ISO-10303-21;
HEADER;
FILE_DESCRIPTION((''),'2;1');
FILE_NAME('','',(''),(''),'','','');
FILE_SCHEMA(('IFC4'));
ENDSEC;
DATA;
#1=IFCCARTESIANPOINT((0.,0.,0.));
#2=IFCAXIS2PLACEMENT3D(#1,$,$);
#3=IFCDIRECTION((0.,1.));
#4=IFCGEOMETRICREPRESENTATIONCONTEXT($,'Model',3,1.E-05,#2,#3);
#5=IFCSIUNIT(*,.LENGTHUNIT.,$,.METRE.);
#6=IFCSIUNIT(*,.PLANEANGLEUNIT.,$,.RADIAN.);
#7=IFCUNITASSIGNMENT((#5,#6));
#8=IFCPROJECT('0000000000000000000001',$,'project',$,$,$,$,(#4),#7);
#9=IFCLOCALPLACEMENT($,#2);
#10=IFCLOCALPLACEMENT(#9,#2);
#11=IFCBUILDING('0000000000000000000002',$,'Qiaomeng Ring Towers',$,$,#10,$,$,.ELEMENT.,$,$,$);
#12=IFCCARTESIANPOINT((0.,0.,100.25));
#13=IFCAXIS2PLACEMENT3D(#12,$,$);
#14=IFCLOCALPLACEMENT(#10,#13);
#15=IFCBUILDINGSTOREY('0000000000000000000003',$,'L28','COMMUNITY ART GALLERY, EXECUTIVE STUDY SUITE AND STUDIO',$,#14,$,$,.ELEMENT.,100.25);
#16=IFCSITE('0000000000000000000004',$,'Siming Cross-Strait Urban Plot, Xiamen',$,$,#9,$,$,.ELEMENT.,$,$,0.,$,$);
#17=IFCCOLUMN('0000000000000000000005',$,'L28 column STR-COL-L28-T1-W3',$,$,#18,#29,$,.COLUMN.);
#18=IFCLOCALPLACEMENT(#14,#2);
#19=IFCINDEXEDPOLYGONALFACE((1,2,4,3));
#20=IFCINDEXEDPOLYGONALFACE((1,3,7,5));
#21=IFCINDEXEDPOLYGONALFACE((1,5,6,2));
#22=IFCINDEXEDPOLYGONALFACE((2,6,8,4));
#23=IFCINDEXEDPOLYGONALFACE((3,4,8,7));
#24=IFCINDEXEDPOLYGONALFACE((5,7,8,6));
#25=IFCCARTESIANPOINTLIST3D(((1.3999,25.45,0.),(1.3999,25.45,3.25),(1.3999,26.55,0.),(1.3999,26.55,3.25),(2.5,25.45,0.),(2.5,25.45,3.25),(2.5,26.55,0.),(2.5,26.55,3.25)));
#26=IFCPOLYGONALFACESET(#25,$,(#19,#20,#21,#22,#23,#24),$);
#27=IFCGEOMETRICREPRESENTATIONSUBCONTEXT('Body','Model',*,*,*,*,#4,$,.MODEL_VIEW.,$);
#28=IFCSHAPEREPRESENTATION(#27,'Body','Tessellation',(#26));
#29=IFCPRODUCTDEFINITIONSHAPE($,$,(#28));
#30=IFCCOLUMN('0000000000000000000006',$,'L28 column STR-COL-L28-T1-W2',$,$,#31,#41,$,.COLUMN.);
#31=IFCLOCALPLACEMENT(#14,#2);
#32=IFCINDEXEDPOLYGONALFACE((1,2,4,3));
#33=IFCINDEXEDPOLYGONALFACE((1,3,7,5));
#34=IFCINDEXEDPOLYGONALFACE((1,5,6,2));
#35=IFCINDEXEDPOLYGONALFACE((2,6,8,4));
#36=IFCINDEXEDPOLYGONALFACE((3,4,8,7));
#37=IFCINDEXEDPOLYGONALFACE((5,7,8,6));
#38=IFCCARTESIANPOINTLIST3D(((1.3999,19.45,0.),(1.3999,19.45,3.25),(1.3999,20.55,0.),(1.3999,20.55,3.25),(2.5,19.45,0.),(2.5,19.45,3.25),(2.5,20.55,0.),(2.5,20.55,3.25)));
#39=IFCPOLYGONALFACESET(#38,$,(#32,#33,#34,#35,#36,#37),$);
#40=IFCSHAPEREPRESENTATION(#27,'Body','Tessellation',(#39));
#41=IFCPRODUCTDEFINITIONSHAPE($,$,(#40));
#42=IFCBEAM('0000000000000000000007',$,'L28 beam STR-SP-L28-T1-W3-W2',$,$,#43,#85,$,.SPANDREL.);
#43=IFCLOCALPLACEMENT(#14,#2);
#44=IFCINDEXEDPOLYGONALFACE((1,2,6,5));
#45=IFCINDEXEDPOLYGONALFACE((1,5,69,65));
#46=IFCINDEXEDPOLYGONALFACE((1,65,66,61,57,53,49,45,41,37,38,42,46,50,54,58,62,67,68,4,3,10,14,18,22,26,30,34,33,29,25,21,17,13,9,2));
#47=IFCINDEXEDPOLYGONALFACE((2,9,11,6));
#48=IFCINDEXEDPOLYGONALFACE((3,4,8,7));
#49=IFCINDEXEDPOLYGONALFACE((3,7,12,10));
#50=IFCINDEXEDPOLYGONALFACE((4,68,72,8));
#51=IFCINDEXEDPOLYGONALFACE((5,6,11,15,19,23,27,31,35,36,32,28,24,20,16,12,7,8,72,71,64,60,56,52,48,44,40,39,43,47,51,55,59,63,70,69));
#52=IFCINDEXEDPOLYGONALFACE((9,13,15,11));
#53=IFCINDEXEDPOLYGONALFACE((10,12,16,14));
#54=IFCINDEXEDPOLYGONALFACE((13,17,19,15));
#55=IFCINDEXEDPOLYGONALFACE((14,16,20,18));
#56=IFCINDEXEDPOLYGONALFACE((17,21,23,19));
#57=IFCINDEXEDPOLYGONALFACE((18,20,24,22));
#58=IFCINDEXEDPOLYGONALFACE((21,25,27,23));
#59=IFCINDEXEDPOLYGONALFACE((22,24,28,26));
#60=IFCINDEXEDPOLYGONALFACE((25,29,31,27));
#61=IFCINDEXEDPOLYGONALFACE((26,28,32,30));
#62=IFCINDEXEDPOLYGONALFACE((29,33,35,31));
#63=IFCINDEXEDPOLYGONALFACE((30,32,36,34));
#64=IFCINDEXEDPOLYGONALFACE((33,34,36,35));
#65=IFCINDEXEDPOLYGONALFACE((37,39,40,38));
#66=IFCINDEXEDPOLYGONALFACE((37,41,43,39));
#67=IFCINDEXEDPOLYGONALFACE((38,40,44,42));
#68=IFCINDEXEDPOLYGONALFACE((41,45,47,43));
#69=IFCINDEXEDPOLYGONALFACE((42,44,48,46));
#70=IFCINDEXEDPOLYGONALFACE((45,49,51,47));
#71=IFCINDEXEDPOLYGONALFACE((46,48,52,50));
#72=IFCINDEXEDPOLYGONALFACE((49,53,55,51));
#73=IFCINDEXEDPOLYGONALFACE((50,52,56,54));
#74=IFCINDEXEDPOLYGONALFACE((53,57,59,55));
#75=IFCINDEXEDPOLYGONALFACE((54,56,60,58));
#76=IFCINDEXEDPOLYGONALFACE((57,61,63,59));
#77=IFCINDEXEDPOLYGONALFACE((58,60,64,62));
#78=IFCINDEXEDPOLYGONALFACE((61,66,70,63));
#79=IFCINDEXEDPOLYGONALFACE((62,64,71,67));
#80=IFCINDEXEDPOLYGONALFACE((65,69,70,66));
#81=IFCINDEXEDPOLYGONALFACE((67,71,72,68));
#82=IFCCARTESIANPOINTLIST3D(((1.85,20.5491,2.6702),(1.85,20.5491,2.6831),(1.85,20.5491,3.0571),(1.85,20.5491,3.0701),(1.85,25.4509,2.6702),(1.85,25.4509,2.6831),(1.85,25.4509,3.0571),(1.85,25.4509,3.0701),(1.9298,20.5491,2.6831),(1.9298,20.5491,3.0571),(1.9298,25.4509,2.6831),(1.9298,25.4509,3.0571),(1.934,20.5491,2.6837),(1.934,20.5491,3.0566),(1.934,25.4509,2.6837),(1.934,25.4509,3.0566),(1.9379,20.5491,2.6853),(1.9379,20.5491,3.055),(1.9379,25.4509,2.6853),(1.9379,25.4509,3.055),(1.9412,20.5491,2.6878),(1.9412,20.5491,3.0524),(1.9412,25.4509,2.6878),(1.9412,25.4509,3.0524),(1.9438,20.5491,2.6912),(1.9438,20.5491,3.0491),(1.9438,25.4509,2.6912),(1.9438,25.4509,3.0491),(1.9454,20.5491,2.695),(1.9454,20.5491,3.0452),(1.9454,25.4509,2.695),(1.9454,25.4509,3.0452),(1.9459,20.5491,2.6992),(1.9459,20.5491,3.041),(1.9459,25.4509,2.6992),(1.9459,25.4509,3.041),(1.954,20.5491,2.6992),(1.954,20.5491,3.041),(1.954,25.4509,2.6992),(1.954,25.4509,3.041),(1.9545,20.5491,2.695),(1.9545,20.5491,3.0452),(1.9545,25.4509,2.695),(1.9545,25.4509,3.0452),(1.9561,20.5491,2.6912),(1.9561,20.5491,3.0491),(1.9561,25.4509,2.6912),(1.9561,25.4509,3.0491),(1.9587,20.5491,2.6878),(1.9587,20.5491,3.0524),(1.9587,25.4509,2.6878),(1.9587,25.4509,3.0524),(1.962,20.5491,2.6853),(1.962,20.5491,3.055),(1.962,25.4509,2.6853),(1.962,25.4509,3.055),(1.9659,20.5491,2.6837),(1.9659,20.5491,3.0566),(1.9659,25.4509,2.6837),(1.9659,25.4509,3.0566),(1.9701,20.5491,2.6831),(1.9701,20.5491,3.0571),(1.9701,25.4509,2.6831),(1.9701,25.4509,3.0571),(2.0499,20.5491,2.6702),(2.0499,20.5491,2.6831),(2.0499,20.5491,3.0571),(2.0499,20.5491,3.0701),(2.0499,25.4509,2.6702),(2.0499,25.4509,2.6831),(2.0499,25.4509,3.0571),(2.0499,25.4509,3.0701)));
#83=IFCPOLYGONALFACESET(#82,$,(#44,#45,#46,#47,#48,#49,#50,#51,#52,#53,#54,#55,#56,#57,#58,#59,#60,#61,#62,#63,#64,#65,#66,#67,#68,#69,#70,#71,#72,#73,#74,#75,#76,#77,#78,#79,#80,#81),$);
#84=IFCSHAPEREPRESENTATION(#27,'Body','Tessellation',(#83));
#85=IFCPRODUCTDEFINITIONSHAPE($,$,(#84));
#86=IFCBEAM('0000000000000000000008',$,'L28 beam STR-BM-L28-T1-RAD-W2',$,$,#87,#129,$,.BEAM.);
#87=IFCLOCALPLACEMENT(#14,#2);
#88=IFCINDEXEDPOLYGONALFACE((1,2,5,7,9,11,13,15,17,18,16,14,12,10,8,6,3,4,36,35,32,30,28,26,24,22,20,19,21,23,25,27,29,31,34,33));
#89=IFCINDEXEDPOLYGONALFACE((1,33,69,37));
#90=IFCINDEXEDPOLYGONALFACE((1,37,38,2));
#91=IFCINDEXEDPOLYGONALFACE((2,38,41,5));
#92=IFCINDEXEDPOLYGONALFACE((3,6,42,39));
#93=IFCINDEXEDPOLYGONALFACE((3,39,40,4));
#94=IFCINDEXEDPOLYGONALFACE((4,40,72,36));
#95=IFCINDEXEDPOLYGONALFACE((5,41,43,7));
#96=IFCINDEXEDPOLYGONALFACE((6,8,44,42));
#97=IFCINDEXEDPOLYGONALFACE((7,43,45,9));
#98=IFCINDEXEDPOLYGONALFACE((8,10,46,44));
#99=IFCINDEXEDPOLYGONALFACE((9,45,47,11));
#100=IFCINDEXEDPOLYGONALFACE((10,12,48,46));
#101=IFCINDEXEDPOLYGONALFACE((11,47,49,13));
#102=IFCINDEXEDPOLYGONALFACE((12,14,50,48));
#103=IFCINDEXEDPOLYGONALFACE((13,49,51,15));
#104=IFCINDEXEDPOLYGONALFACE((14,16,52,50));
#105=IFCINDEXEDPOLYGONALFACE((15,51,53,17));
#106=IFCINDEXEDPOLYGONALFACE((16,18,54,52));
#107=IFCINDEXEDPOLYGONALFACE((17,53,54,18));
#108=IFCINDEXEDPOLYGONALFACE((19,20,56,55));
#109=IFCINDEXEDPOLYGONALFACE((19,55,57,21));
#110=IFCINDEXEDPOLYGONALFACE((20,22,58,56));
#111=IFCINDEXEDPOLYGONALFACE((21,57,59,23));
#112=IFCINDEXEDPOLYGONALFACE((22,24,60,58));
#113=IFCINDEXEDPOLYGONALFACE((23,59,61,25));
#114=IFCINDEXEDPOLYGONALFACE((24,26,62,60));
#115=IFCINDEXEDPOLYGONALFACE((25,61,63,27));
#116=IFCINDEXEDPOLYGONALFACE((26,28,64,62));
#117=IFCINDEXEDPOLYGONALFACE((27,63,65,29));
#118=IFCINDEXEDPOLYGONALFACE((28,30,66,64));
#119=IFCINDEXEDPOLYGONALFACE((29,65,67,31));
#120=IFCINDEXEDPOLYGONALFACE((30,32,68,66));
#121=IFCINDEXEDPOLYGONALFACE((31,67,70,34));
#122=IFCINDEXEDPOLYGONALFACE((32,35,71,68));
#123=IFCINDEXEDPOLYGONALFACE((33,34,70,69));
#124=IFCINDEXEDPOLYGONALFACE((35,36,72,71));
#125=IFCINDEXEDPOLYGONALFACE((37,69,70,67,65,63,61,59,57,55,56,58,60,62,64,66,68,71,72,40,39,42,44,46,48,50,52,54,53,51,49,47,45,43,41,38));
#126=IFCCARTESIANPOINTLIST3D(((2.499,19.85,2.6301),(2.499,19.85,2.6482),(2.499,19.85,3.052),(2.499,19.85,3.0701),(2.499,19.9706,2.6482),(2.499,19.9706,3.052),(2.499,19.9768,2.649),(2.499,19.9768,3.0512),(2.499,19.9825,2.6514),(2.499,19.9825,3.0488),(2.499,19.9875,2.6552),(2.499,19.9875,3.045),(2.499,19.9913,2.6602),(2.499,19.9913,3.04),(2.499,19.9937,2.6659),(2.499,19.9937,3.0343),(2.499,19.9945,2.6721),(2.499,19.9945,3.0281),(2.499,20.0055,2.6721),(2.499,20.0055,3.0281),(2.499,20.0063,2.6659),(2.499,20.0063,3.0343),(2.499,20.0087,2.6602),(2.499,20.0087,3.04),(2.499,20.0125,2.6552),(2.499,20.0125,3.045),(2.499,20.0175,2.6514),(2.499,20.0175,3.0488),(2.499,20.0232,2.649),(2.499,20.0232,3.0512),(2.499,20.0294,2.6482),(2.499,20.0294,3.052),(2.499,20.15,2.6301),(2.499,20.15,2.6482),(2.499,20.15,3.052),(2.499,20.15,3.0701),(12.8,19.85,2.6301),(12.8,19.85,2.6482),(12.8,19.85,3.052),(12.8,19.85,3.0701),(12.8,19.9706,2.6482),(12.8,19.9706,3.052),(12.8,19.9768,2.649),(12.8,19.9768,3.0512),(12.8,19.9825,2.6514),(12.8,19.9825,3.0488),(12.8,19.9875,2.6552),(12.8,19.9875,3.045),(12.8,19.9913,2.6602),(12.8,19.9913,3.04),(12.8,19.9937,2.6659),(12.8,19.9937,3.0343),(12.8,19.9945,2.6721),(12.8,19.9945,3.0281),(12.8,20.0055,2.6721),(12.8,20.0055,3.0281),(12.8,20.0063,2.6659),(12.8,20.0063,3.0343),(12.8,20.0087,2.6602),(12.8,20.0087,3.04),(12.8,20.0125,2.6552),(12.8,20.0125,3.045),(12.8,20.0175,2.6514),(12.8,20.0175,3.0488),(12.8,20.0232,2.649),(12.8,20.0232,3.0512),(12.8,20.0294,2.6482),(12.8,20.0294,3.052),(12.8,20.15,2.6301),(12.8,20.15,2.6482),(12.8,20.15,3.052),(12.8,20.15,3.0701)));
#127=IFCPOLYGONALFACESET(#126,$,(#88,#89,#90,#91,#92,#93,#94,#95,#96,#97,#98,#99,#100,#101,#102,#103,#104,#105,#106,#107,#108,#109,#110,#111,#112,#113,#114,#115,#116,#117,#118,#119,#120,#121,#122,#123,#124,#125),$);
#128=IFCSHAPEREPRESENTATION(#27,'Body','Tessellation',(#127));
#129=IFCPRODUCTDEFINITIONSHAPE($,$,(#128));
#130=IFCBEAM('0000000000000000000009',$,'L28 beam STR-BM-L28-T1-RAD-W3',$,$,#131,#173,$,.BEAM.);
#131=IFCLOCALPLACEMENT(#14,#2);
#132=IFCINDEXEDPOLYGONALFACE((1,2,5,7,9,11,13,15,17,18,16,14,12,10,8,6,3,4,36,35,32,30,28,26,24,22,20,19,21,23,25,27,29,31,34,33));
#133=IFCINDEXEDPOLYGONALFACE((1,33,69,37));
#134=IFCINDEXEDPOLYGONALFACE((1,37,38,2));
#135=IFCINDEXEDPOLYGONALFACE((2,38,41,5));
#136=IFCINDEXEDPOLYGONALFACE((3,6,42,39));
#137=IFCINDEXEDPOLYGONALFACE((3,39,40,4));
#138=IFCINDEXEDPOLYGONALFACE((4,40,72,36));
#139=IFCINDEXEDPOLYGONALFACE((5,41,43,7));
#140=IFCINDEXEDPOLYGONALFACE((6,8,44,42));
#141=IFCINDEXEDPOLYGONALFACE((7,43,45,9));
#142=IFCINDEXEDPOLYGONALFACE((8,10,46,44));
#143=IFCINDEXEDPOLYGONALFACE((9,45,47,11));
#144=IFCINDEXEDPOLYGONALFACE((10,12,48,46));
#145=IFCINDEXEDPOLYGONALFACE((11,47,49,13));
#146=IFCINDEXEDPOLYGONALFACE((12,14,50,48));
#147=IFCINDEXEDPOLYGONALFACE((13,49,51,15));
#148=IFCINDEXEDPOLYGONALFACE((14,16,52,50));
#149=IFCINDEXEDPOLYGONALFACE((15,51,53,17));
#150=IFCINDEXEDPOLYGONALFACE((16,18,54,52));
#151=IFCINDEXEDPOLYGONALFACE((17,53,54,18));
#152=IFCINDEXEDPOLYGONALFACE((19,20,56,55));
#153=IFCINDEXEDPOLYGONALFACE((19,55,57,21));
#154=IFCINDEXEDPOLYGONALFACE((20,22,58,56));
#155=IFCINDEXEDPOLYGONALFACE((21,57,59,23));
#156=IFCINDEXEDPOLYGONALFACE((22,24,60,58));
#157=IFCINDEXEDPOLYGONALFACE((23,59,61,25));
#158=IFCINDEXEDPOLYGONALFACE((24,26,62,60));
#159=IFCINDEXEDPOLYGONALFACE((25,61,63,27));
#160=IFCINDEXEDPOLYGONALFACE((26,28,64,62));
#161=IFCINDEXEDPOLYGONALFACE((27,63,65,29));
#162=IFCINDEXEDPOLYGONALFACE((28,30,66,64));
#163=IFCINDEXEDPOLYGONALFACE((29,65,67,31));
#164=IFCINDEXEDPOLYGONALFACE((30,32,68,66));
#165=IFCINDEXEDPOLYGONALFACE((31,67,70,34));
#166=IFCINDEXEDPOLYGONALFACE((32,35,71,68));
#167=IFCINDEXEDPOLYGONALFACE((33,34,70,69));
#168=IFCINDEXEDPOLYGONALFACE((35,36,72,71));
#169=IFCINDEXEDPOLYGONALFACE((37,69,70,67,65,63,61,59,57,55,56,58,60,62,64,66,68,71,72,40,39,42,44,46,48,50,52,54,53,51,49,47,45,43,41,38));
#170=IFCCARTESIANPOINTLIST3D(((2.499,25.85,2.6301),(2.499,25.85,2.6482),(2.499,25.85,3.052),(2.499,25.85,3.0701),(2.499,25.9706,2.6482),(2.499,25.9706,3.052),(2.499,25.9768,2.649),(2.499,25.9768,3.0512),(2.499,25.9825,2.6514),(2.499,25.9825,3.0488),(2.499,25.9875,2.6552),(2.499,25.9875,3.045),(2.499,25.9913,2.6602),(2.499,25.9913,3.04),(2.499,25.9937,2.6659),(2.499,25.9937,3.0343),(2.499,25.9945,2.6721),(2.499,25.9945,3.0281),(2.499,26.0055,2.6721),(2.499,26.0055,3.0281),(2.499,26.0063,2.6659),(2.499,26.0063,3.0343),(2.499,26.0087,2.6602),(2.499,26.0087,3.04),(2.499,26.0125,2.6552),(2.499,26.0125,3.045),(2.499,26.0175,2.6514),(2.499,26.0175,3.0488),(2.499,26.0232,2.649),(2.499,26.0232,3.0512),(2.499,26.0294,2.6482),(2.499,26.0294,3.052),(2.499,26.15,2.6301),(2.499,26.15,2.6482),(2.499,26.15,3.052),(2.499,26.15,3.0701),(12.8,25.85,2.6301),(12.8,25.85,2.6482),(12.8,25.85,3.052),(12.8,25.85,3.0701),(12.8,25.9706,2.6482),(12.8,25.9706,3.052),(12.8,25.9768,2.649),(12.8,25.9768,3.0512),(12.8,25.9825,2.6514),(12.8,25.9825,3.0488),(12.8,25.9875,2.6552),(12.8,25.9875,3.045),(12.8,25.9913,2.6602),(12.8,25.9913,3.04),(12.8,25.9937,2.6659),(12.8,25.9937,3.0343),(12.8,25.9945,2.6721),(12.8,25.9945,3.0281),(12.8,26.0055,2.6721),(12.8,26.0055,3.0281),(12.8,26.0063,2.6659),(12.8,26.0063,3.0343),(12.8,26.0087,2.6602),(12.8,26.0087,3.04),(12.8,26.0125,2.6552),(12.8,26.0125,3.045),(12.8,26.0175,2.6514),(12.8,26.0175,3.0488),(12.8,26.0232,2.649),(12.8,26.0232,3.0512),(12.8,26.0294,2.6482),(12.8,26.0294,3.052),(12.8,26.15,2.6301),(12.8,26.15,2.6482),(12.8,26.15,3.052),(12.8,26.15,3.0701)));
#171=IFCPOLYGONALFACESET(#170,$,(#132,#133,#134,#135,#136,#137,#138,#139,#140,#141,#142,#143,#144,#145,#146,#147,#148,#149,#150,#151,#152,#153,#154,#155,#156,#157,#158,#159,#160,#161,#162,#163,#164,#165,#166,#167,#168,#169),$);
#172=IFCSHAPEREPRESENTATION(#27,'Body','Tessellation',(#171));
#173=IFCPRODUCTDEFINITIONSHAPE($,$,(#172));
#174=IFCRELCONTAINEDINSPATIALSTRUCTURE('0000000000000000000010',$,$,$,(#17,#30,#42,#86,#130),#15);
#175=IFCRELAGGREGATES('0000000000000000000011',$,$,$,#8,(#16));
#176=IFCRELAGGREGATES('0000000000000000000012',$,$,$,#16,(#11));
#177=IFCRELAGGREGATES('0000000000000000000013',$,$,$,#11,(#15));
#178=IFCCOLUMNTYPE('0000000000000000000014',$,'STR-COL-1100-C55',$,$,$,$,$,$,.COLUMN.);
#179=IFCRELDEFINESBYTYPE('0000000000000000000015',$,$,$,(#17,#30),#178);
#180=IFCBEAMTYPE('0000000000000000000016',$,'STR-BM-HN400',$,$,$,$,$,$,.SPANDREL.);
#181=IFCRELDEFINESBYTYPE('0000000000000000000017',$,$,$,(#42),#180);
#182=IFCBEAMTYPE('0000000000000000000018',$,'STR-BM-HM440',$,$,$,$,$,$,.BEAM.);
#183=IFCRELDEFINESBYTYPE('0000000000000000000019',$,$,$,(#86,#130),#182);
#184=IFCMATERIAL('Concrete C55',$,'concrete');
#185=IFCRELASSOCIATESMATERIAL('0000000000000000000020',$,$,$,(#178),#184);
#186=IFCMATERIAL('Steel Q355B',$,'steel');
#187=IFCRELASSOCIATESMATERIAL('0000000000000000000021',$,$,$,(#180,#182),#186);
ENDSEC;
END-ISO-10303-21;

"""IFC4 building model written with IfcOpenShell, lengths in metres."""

from ifc_helpers import new_model, si_unit, direction, frame, origin, origin_2d, place, context, subcontext, project, spatial, rectangle, i_section, extrude, source, transform, mapped, material, material_profile, profile_set, type_object, element, save


model = new_model("IFC4")

# Units and contexts
model_context = context("Model", 3, precision=1e-05, world=origin(), true_north=direction((0.0, 1.0)))
body_context = subcontext(model_context, "Body", "Model", "MODEL_VIEW")
ifc_project = project(units=[si_unit("LENGTHUNIT", "METRE"), si_unit("PLANEANGLEUNIT", "RADIAN")], contexts=[model_context])

# Site, building, storey
site_placement = place(None, origin())
site = spatial("IfcSite", under=ifc_project, at=site_placement, Name="Siming Cross-Strait Urban Plot, Xiamen", CompositionType="ELEMENT", RefElevation=0.0)
building_placement = place(site_placement, origin())
building = spatial("IfcBuilding", under=site, at=building_placement, Name="Qiaomeng Ring Towers", CompositionType="ELEMENT")
storey_placement = place(building_placement, frame((0.0, 0.0, 100.25)))
storey = spatial("IfcBuildingStorey", under=building, at=storey_placement, Name="L28", Description="COMMUNITY ART GALLERY, EXECUTIVE STUDY SUITE AND STUDIO", CompositionType="ELEMENT", Elevation=100.25)

# Columns
ifc_material_1 = material(Name="Concrete C55", Category="concrete")
ifc_material_profile_1 = material_profile(ifc_material_1, rectangle(XDim=1.1001, YDim=1.1001, at=origin_2d()), Name="RC COL 1100x1100")
ifc_profile_set_1 = profile_set([ifc_material_profile_1], Name="Concrete C55")
column_type = type_object("IfcColumnType", Name="STR-COL-1100-C55", PredefinedType="COLUMN", material=ifc_profile_set_1)
shared_shape_1 = source(origin(), body_context, "Body", "SweptSolid", [
    extrude(rectangle(XDim=1.1001, YDim=1.1001, at=origin_2d()), origin(), (0.0, 0.0, 1.0), 3.25),
])
for number, where, z_axis, x_axis, name in (
    (1, (1.95, 26.0, 0.0), (0.0, 0.0, 1.0), (1.0, 0.0, 0.0), "L28 column STR-COL-L28-T1-W3"),
    (2, (1.95, 20.0, 0.0), (0.0, 0.0, 1.0), (1.0, 0.0, 0.0), "L28 column STR-COL-L28-T1-W2"),
):
    element("IfcColumn", number, at=place(storey_placement, frame(where, z_axis=z_axis, x_axis=x_axis)), inside=storey, type_object=column_type, Name=name, PredefinedType="COLUMN", context=body_context, shape_type="MappedRepresentation", body=[
        mapped(shared_shape_1, transform((0.0, 0.0, 0.0), x_axis=(1.0, 0.0, 0.0), y_axis=(0.0, 1.0, 0.0), z_axis=(0.0, 0.0, 1.0), scale=1.0)),
    ])

# Beams
ifc_material_2 = material(Name="Steel Q355B", Category="steel")
ifc_material_profile_2 = material_profile(ifc_material_2, i_section(OverallWidth=0.2, OverallDepth=0.3999, WebThickness=0.0081, FlangeThickness=0.0129, FilletRadius=0.0161, at=origin_2d()), Name="HN 400x200x8x13")
ifc_profile_set_2 = profile_set([ifc_material_profile_2], Name="Steel Q355B")
beam_type_1 = type_object("IfcBeamType", Name="STR-BM-HN400", PredefinedType="SPANDREL", material=ifc_profile_set_2)
shared_shape_2 = source(origin(), body_context, "Body", "SweptSolid", [
    extrude(i_section(OverallWidth=0.2, OverallDepth=0.3999, WebThickness=0.0081, FlangeThickness=0.0129, FilletRadius=0.0161, at=origin_2d()), origin(), (0.0, 0.0, 1.0), 4.9019),
])
beam_1_placement = place(storey_placement, frame((1.95, 25.4509, 2.8701), z_axis=(0.0, -1.0, 0.0), x_axis=(1.0, 0.0, 0.0)))
element("IfcBeam", 3, at=beam_1_placement, inside=storey, type_object=beam_type_1, Name="L28 beam STR-SP-L28-T1-W3-W2", PredefinedType="SPANDREL", context=body_context, shape_type="MappedRepresentation", body=[
    mapped(shared_shape_2, transform((0.0, 0.0, 0.0), x_axis=(1.0, 0.0, 0.0), y_axis=(0.0, 1.0, 0.0), z_axis=(0.0, 0.0, 1.0), scale=1.0)),
])
ifc_material_profile_3 = material_profile(ifc_material_2, i_section(OverallWidth=0.3, OverallDepth=0.4399, WebThickness=0.011, FlangeThickness=0.0181, FilletRadius=0.0239, at=origin_2d()), Name="HM 440x300x11x18")
ifc_profile_set_3 = profile_set([ifc_material_profile_3], Name="Steel Q355B")
beam_type_2 = type_object("IfcBeamType", Name="STR-BM-HM440", PredefinedType="BEAM", material=ifc_profile_set_3)
shared_shape_3 = source(origin(), body_context, "Body", "SweptSolid", [
    extrude(i_section(OverallWidth=0.3, OverallDepth=0.4399, WebThickness=0.011, FlangeThickness=0.0181, FilletRadius=0.0239, at=origin_2d()), origin(), (0.0, 0.0, 1.0), 10.301),
])
for number, where, z_axis, x_axis, name in (
    (4, (2.499, 20.0, 2.8501), (1.0, 0.0, 0.0), (0.0, 1.0, 0.0), "L28 beam STR-BM-L28-T1-RAD-W2"),
    (5, (2.499, 26.0, 2.8501), (1.0, 0.0, 0.0), (0.0, 1.0, 0.0), "L28 beam STR-BM-L28-T1-RAD-W3"),
):
    element("IfcBeam", number, at=place(storey_placement, frame(where, z_axis=z_axis, x_axis=x_axis)), inside=storey, type_object=beam_type_2, Name=name, PredefinedType="BEAM", context=body_context, shape_type="MappedRepresentation", body=[
        mapped(shared_shape_3, transform((0.0, 0.0, 0.0), x_axis=(1.0, 0.0, 0.0), y_axis=(0.0, 1.0, 0.0), z_axis=(0.0, 0.0, 1.0), scale=1.0)),
    ])

save(model, "model.ifc")
